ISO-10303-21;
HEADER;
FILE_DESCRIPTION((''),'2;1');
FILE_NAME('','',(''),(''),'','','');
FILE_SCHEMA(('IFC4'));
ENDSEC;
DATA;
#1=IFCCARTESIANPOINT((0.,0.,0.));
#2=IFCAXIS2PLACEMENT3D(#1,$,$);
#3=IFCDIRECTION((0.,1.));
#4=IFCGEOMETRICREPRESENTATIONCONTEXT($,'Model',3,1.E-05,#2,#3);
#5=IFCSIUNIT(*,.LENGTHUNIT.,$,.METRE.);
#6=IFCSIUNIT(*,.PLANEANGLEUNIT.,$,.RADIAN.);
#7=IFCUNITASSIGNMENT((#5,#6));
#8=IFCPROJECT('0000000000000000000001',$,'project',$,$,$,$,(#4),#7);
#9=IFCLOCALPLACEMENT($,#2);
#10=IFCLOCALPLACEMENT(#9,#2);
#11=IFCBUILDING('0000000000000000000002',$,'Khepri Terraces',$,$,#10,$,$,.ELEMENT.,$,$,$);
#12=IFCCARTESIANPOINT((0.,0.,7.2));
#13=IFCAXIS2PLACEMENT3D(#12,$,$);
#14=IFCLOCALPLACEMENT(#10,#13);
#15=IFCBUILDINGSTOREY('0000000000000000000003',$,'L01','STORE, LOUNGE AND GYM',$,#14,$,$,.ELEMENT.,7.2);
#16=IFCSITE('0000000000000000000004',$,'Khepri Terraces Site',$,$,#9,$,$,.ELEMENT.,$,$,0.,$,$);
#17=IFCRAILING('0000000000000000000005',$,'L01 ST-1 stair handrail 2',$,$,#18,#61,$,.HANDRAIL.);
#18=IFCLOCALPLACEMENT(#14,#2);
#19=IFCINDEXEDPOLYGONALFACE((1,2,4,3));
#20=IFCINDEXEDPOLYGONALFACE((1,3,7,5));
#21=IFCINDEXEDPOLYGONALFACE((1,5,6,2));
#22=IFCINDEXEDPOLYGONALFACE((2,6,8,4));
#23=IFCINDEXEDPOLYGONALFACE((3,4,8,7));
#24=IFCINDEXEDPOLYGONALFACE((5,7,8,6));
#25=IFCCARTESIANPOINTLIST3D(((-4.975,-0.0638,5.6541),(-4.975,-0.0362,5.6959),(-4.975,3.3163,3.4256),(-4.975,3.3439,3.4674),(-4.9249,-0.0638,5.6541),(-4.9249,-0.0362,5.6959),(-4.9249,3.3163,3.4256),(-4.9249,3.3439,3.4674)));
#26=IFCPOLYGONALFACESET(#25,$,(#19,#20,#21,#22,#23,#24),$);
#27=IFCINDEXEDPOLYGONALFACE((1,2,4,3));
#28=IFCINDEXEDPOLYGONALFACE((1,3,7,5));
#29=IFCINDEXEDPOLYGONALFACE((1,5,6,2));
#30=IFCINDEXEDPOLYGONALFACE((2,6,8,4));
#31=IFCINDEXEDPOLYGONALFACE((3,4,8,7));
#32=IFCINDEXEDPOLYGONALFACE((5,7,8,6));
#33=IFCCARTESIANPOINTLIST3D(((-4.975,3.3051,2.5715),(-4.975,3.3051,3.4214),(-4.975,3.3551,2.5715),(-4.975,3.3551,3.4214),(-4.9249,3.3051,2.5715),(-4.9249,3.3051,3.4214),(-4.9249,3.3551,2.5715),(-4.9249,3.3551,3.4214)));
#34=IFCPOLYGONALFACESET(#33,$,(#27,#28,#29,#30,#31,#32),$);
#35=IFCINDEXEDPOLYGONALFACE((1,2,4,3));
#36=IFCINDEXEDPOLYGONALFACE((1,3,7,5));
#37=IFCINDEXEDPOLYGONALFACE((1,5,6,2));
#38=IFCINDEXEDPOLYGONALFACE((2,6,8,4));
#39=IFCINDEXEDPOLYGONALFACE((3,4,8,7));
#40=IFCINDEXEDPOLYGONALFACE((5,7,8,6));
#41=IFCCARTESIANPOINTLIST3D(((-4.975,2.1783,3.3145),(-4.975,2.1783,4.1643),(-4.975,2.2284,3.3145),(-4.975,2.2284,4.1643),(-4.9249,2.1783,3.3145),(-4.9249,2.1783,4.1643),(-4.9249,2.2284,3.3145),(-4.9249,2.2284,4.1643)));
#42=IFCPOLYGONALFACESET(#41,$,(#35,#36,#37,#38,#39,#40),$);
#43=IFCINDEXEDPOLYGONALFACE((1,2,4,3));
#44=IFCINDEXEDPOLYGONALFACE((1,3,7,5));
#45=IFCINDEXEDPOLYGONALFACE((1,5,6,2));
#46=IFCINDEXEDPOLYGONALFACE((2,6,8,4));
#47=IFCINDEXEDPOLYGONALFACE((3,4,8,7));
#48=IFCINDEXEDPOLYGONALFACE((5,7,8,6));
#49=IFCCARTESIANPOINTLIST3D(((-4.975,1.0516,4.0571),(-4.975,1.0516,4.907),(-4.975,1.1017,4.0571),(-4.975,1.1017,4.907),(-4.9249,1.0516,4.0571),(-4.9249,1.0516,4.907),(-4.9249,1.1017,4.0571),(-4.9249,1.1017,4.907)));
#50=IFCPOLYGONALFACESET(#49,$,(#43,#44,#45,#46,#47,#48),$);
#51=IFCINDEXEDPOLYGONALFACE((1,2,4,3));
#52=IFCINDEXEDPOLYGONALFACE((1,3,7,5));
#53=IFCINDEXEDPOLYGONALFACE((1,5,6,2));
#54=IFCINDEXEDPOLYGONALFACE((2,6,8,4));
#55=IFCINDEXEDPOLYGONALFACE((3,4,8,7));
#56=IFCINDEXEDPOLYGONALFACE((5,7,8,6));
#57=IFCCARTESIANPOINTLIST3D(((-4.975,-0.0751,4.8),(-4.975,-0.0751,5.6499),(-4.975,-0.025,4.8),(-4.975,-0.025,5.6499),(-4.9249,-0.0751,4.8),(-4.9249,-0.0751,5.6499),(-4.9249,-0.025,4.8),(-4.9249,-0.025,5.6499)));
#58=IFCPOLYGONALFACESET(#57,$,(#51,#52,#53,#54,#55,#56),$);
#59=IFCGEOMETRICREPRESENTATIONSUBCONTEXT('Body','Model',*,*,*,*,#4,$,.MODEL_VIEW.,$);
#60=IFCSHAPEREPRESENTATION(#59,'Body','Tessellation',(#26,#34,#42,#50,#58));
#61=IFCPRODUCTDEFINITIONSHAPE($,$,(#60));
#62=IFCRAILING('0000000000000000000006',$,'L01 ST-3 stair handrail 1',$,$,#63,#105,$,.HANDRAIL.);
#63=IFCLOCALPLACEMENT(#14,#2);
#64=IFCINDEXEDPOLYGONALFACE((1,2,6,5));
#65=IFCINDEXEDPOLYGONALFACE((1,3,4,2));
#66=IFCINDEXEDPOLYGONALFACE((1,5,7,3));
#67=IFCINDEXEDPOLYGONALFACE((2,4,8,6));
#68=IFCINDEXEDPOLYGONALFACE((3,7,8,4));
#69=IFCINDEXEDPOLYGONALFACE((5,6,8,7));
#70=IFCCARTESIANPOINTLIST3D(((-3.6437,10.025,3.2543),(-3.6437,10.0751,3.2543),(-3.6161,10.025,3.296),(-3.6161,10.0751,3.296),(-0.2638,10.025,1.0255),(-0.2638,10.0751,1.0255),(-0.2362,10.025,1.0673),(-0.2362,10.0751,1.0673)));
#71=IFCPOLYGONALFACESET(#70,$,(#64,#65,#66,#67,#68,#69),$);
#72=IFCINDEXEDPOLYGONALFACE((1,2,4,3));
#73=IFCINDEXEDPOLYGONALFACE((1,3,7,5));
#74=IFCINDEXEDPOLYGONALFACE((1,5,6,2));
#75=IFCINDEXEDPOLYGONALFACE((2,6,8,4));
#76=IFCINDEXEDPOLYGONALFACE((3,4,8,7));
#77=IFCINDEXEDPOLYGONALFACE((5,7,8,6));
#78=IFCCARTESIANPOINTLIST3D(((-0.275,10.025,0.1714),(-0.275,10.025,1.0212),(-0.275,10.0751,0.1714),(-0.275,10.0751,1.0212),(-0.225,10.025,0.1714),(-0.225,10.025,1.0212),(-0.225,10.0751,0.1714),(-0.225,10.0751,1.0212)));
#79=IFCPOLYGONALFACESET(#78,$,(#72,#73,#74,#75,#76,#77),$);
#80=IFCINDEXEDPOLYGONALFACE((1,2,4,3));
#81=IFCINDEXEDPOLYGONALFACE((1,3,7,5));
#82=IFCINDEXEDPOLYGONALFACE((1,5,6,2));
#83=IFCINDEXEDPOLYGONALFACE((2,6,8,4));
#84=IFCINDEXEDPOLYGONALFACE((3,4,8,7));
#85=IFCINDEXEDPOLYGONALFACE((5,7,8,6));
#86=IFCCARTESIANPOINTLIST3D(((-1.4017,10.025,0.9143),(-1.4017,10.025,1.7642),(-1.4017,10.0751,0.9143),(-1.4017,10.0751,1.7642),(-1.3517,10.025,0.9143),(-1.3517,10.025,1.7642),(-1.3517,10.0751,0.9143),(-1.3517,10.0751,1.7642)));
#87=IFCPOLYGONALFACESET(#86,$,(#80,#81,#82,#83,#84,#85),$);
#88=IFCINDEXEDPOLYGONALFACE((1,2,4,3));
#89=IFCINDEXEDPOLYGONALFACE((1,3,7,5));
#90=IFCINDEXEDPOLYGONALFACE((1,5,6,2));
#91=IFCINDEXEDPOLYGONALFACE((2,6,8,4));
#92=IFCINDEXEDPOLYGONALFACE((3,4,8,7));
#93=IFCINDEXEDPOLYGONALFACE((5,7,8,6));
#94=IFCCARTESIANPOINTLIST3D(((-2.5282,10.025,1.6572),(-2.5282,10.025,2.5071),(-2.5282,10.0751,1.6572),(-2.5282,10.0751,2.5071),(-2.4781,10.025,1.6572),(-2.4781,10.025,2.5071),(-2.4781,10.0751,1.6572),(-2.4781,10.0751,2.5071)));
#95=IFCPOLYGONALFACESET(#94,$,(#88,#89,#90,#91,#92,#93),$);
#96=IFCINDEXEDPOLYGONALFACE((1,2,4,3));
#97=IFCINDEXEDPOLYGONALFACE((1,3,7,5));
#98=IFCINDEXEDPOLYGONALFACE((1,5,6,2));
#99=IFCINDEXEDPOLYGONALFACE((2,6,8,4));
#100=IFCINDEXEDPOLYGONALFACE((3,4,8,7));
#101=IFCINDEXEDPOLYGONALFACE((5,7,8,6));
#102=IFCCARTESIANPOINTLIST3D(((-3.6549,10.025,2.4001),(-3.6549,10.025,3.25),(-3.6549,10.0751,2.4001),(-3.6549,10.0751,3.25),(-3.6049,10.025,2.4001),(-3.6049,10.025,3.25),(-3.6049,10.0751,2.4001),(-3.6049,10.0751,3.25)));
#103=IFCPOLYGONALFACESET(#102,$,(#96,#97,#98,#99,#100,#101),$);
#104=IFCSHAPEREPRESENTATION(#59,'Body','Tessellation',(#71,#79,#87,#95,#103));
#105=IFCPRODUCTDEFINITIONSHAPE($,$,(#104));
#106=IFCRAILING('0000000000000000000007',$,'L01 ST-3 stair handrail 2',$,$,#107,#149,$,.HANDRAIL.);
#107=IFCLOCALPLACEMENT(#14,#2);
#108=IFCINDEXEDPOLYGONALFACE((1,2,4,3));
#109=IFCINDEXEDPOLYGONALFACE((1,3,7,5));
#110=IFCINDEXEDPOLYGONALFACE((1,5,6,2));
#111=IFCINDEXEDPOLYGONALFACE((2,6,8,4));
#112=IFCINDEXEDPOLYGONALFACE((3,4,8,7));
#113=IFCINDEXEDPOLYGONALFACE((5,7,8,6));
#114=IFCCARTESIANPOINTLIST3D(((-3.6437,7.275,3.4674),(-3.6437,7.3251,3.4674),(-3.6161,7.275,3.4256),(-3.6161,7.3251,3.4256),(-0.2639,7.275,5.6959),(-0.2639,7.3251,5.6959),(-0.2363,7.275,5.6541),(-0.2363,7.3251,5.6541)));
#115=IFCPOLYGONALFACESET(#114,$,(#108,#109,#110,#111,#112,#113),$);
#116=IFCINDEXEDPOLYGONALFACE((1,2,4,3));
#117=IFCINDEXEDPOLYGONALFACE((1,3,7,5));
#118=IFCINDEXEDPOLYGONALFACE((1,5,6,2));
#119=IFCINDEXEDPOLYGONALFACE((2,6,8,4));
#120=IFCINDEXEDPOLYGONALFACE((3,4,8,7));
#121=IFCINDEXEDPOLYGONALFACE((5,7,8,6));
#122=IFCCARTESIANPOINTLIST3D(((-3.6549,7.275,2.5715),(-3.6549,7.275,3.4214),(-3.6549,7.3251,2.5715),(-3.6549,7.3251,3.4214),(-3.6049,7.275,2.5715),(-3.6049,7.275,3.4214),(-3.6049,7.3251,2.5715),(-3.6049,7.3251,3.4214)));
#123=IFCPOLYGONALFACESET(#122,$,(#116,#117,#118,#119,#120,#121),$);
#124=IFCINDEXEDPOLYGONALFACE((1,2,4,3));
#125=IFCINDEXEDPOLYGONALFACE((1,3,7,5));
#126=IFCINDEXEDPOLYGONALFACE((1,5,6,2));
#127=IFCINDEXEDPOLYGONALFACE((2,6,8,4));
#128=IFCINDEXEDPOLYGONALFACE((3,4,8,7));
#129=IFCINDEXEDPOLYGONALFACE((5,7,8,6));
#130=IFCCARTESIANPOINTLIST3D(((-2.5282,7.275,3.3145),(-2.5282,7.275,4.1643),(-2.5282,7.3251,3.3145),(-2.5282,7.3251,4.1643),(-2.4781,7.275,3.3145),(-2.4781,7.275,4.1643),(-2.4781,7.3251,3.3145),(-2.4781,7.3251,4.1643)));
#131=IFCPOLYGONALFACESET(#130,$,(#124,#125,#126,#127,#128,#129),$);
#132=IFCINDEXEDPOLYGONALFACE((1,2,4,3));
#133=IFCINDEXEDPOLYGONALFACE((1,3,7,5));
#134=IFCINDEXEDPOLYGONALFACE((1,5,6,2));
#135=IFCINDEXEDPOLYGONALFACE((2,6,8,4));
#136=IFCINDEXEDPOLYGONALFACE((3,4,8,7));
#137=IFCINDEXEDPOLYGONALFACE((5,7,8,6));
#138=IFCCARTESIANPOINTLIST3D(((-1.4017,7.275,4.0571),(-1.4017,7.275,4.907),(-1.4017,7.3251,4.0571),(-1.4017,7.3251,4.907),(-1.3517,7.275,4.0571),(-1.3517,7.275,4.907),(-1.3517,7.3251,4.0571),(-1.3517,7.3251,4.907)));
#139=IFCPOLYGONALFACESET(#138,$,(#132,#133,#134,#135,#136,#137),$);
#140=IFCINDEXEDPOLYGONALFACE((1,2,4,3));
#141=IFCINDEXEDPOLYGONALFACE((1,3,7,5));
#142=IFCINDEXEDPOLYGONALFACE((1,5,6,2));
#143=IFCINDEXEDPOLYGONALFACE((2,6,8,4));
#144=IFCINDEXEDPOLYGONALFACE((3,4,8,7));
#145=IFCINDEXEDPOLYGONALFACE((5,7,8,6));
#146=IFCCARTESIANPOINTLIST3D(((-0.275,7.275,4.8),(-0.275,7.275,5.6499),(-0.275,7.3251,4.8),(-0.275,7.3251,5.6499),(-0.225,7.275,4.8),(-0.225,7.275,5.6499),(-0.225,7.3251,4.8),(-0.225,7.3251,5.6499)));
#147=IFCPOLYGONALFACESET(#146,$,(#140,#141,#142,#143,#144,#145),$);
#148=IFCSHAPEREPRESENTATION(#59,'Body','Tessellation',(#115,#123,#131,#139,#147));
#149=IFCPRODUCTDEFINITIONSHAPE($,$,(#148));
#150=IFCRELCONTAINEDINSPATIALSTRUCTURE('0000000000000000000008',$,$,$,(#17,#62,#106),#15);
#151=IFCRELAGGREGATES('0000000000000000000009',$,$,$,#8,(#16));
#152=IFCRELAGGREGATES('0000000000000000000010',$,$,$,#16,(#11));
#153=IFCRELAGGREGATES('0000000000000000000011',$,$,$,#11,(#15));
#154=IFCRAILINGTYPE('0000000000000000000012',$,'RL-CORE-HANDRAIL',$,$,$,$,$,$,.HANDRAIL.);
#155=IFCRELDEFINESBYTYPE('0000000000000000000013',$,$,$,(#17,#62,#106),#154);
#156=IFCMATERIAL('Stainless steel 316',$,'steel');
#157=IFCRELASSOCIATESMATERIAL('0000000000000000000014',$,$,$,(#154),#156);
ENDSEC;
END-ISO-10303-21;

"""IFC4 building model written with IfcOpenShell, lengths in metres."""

from ifc_helpers import new_model, si_unit, direction, frame, origin, origin_2d, place, context, subcontext, project, spatial, rectangle, extrude, material, type_object, element, save


model = new_model("IFC4")

# Units and contexts
model_context = context("Model", 3, precision=1e-05, world=origin(), true_north=direction((0.0, 1.0)))
body_context = subcontext(model_context, "Body", "Model", "MODEL_VIEW")
ifc_project = project(units=[si_unit("LENGTHUNIT", "METRE"), si_unit("PLANEANGLEUNIT", "RADIAN")], contexts=[model_context])

# Site, building, storey
site_placement = place(None, origin())
site = spatial("IfcSite", under=ifc_project, at=site_placement, Name="Khepri Terraces Site", CompositionType="ELEMENT", RefElevation=0.0)
building_placement = place(site_placement, origin())
building = spatial("IfcBuilding", under=site, at=building_placement, Name="Khepri Terraces", CompositionType="ELEMENT")
storey_placement = place(building_placement, frame((0.0, 0.0, 7.2)))
storey = spatial("IfcBuildingStorey", under=building, at=storey_placement, Name="L01", Description="STORE, LOUNGE AND GYM", CompositionType="ELEMENT", Elevation=7.2)

# Railings
ifc_material_1 = material(Name="Stainless steel 316", Category="steel")
railing_type_1 = type_object("IfcRailingType", Name="RL-CORE-HANDRAIL", PredefinedType="HANDRAIL", material=ifc_material_1)
railing_1_placement = place(storey_placement, frame((-4.95, 3.3301, 2.5715)))
element("IfcRailing", 1, at=railing_1_placement, inside=storey, type_object=railing_type_1, Name="L01 ST-1 stair handrail 2", PredefinedType="HANDRAIL", context=body_context, shape_type="SweptSolid", body=[
    extrude(rectangle(XDim=0.05, YDim=0.05, at=origin_2d()), frame((0.0, 0.0, 0.875), z_axis=(0.0, -0.834878, 0.550435), x_axis=(1.0, 0.0, 0.0)), (0.0, 0.0, 1.0), 4.0486),
    extrude(rectangle(XDim=0.05, YDim=0.05, at=origin_2d()), origin(), (0.0, 0.0, 1.0), 0.8499),
    extrude(rectangle(XDim=0.05, YDim=0.05, at=origin_2d()), frame((0.0, -1.1267, 0.7429)), (0.0, 0.0, 1.0), 0.8499),
    extrude(rectangle(XDim=0.05, YDim=0.05, at=origin_2d()), frame((0.0, -2.2534, 1.4856)), (0.0, 0.0, 1.0), 0.8499),
    extrude(rectangle(XDim=0.05, YDim=0.05, at=origin_2d()), frame((0.0, -3.3801, 2.2285)), (0.0, 0.0, 1.0), 0.8499),
])
railing_2_placement = place(storey_placement, frame((-0.25, 10.05, 0.1714)))
element("IfcRailing", 2, at=railing_2_placement, inside=storey, type_object=railing_type_1, Name="L01 ST-3 stair handrail 1", PredefinedType="HANDRAIL", context=body_context, shape_type="SweptSolid", body=[
    extrude(rectangle(XDim=0.05, YDim=0.05, at=origin_2d()), frame((0.0, 0.0, 0.875), z_axis=(-0.834832, 0.0, 0.550504), x_axis=(0.0, -1.0, 0.0)), (0.0, 0.0, 1.0), 4.0486),
    extrude(rectangle(XDim=0.05, YDim=0.05, at=origin_2d()), origin(), (0.0, 0.0, 1.0), 0.8499),
    extrude(rectangle(XDim=0.05, YDim=0.05, at=origin_2d()), frame((-1.1267, 0.0, 0.7429)), (0.0, 0.0, 1.0), 0.8499),
    extrude(rectangle(XDim=0.05, YDim=0.05, at=origin_2d()), frame((-2.2532, 0.0, 1.4858)), (0.0, 0.0, 1.0), 0.8499),
    extrude(rectangle(XDim=0.05, YDim=0.05, at=origin_2d()), frame((-3.3799, 0.0, 2.2288)), (0.0, 0.0, 1.0), 0.8499),
])
railing_3_placement = place(storey_placement, frame((-3.6299, 7.3, 2.5715)))
element("IfcRailing", 3, at=railing_3_placement, inside=storey, type_object=railing_type_1, Name="L01 ST-3 stair handrail 2", PredefinedType="HANDRAIL", context=body_context, shape_type="SweptSolid", body=[
    extrude(rectangle(XDim=0.05, YDim=0.05, at=origin_2d()), frame((0.0, 0.0, 0.875), z_axis=(0.83486, 0.0, 0.550462), x_axis=(0.0, 1.0, 0.0)), (0.0, 0.0, 1.0), 4.0483),
    extrude(rectangle(XDim=0.05, YDim=0.05, at=origin_2d()), origin(), (0.0, 0.0, 1.0), 0.8499),
    extrude(rectangle(XDim=0.05, YDim=0.05, at=origin_2d()), frame((1.1267, 0.0, 0.7429)), (0.0, 0.0, 1.0), 0.8499),
    extrude(rectangle(XDim=0.05, YDim=0.05, at=origin_2d()), frame((2.2532, 0.0, 1.4856)), (0.0, 0.0, 1.0), 0.8499),
    extrude(rectangle(XDim=0.05, YDim=0.05, at=origin_2d()), frame((3.3799, 0.0, 2.2285)), (0.0, 0.0, 1.0), 0.8499),
])

save(model, "model.ifc")
